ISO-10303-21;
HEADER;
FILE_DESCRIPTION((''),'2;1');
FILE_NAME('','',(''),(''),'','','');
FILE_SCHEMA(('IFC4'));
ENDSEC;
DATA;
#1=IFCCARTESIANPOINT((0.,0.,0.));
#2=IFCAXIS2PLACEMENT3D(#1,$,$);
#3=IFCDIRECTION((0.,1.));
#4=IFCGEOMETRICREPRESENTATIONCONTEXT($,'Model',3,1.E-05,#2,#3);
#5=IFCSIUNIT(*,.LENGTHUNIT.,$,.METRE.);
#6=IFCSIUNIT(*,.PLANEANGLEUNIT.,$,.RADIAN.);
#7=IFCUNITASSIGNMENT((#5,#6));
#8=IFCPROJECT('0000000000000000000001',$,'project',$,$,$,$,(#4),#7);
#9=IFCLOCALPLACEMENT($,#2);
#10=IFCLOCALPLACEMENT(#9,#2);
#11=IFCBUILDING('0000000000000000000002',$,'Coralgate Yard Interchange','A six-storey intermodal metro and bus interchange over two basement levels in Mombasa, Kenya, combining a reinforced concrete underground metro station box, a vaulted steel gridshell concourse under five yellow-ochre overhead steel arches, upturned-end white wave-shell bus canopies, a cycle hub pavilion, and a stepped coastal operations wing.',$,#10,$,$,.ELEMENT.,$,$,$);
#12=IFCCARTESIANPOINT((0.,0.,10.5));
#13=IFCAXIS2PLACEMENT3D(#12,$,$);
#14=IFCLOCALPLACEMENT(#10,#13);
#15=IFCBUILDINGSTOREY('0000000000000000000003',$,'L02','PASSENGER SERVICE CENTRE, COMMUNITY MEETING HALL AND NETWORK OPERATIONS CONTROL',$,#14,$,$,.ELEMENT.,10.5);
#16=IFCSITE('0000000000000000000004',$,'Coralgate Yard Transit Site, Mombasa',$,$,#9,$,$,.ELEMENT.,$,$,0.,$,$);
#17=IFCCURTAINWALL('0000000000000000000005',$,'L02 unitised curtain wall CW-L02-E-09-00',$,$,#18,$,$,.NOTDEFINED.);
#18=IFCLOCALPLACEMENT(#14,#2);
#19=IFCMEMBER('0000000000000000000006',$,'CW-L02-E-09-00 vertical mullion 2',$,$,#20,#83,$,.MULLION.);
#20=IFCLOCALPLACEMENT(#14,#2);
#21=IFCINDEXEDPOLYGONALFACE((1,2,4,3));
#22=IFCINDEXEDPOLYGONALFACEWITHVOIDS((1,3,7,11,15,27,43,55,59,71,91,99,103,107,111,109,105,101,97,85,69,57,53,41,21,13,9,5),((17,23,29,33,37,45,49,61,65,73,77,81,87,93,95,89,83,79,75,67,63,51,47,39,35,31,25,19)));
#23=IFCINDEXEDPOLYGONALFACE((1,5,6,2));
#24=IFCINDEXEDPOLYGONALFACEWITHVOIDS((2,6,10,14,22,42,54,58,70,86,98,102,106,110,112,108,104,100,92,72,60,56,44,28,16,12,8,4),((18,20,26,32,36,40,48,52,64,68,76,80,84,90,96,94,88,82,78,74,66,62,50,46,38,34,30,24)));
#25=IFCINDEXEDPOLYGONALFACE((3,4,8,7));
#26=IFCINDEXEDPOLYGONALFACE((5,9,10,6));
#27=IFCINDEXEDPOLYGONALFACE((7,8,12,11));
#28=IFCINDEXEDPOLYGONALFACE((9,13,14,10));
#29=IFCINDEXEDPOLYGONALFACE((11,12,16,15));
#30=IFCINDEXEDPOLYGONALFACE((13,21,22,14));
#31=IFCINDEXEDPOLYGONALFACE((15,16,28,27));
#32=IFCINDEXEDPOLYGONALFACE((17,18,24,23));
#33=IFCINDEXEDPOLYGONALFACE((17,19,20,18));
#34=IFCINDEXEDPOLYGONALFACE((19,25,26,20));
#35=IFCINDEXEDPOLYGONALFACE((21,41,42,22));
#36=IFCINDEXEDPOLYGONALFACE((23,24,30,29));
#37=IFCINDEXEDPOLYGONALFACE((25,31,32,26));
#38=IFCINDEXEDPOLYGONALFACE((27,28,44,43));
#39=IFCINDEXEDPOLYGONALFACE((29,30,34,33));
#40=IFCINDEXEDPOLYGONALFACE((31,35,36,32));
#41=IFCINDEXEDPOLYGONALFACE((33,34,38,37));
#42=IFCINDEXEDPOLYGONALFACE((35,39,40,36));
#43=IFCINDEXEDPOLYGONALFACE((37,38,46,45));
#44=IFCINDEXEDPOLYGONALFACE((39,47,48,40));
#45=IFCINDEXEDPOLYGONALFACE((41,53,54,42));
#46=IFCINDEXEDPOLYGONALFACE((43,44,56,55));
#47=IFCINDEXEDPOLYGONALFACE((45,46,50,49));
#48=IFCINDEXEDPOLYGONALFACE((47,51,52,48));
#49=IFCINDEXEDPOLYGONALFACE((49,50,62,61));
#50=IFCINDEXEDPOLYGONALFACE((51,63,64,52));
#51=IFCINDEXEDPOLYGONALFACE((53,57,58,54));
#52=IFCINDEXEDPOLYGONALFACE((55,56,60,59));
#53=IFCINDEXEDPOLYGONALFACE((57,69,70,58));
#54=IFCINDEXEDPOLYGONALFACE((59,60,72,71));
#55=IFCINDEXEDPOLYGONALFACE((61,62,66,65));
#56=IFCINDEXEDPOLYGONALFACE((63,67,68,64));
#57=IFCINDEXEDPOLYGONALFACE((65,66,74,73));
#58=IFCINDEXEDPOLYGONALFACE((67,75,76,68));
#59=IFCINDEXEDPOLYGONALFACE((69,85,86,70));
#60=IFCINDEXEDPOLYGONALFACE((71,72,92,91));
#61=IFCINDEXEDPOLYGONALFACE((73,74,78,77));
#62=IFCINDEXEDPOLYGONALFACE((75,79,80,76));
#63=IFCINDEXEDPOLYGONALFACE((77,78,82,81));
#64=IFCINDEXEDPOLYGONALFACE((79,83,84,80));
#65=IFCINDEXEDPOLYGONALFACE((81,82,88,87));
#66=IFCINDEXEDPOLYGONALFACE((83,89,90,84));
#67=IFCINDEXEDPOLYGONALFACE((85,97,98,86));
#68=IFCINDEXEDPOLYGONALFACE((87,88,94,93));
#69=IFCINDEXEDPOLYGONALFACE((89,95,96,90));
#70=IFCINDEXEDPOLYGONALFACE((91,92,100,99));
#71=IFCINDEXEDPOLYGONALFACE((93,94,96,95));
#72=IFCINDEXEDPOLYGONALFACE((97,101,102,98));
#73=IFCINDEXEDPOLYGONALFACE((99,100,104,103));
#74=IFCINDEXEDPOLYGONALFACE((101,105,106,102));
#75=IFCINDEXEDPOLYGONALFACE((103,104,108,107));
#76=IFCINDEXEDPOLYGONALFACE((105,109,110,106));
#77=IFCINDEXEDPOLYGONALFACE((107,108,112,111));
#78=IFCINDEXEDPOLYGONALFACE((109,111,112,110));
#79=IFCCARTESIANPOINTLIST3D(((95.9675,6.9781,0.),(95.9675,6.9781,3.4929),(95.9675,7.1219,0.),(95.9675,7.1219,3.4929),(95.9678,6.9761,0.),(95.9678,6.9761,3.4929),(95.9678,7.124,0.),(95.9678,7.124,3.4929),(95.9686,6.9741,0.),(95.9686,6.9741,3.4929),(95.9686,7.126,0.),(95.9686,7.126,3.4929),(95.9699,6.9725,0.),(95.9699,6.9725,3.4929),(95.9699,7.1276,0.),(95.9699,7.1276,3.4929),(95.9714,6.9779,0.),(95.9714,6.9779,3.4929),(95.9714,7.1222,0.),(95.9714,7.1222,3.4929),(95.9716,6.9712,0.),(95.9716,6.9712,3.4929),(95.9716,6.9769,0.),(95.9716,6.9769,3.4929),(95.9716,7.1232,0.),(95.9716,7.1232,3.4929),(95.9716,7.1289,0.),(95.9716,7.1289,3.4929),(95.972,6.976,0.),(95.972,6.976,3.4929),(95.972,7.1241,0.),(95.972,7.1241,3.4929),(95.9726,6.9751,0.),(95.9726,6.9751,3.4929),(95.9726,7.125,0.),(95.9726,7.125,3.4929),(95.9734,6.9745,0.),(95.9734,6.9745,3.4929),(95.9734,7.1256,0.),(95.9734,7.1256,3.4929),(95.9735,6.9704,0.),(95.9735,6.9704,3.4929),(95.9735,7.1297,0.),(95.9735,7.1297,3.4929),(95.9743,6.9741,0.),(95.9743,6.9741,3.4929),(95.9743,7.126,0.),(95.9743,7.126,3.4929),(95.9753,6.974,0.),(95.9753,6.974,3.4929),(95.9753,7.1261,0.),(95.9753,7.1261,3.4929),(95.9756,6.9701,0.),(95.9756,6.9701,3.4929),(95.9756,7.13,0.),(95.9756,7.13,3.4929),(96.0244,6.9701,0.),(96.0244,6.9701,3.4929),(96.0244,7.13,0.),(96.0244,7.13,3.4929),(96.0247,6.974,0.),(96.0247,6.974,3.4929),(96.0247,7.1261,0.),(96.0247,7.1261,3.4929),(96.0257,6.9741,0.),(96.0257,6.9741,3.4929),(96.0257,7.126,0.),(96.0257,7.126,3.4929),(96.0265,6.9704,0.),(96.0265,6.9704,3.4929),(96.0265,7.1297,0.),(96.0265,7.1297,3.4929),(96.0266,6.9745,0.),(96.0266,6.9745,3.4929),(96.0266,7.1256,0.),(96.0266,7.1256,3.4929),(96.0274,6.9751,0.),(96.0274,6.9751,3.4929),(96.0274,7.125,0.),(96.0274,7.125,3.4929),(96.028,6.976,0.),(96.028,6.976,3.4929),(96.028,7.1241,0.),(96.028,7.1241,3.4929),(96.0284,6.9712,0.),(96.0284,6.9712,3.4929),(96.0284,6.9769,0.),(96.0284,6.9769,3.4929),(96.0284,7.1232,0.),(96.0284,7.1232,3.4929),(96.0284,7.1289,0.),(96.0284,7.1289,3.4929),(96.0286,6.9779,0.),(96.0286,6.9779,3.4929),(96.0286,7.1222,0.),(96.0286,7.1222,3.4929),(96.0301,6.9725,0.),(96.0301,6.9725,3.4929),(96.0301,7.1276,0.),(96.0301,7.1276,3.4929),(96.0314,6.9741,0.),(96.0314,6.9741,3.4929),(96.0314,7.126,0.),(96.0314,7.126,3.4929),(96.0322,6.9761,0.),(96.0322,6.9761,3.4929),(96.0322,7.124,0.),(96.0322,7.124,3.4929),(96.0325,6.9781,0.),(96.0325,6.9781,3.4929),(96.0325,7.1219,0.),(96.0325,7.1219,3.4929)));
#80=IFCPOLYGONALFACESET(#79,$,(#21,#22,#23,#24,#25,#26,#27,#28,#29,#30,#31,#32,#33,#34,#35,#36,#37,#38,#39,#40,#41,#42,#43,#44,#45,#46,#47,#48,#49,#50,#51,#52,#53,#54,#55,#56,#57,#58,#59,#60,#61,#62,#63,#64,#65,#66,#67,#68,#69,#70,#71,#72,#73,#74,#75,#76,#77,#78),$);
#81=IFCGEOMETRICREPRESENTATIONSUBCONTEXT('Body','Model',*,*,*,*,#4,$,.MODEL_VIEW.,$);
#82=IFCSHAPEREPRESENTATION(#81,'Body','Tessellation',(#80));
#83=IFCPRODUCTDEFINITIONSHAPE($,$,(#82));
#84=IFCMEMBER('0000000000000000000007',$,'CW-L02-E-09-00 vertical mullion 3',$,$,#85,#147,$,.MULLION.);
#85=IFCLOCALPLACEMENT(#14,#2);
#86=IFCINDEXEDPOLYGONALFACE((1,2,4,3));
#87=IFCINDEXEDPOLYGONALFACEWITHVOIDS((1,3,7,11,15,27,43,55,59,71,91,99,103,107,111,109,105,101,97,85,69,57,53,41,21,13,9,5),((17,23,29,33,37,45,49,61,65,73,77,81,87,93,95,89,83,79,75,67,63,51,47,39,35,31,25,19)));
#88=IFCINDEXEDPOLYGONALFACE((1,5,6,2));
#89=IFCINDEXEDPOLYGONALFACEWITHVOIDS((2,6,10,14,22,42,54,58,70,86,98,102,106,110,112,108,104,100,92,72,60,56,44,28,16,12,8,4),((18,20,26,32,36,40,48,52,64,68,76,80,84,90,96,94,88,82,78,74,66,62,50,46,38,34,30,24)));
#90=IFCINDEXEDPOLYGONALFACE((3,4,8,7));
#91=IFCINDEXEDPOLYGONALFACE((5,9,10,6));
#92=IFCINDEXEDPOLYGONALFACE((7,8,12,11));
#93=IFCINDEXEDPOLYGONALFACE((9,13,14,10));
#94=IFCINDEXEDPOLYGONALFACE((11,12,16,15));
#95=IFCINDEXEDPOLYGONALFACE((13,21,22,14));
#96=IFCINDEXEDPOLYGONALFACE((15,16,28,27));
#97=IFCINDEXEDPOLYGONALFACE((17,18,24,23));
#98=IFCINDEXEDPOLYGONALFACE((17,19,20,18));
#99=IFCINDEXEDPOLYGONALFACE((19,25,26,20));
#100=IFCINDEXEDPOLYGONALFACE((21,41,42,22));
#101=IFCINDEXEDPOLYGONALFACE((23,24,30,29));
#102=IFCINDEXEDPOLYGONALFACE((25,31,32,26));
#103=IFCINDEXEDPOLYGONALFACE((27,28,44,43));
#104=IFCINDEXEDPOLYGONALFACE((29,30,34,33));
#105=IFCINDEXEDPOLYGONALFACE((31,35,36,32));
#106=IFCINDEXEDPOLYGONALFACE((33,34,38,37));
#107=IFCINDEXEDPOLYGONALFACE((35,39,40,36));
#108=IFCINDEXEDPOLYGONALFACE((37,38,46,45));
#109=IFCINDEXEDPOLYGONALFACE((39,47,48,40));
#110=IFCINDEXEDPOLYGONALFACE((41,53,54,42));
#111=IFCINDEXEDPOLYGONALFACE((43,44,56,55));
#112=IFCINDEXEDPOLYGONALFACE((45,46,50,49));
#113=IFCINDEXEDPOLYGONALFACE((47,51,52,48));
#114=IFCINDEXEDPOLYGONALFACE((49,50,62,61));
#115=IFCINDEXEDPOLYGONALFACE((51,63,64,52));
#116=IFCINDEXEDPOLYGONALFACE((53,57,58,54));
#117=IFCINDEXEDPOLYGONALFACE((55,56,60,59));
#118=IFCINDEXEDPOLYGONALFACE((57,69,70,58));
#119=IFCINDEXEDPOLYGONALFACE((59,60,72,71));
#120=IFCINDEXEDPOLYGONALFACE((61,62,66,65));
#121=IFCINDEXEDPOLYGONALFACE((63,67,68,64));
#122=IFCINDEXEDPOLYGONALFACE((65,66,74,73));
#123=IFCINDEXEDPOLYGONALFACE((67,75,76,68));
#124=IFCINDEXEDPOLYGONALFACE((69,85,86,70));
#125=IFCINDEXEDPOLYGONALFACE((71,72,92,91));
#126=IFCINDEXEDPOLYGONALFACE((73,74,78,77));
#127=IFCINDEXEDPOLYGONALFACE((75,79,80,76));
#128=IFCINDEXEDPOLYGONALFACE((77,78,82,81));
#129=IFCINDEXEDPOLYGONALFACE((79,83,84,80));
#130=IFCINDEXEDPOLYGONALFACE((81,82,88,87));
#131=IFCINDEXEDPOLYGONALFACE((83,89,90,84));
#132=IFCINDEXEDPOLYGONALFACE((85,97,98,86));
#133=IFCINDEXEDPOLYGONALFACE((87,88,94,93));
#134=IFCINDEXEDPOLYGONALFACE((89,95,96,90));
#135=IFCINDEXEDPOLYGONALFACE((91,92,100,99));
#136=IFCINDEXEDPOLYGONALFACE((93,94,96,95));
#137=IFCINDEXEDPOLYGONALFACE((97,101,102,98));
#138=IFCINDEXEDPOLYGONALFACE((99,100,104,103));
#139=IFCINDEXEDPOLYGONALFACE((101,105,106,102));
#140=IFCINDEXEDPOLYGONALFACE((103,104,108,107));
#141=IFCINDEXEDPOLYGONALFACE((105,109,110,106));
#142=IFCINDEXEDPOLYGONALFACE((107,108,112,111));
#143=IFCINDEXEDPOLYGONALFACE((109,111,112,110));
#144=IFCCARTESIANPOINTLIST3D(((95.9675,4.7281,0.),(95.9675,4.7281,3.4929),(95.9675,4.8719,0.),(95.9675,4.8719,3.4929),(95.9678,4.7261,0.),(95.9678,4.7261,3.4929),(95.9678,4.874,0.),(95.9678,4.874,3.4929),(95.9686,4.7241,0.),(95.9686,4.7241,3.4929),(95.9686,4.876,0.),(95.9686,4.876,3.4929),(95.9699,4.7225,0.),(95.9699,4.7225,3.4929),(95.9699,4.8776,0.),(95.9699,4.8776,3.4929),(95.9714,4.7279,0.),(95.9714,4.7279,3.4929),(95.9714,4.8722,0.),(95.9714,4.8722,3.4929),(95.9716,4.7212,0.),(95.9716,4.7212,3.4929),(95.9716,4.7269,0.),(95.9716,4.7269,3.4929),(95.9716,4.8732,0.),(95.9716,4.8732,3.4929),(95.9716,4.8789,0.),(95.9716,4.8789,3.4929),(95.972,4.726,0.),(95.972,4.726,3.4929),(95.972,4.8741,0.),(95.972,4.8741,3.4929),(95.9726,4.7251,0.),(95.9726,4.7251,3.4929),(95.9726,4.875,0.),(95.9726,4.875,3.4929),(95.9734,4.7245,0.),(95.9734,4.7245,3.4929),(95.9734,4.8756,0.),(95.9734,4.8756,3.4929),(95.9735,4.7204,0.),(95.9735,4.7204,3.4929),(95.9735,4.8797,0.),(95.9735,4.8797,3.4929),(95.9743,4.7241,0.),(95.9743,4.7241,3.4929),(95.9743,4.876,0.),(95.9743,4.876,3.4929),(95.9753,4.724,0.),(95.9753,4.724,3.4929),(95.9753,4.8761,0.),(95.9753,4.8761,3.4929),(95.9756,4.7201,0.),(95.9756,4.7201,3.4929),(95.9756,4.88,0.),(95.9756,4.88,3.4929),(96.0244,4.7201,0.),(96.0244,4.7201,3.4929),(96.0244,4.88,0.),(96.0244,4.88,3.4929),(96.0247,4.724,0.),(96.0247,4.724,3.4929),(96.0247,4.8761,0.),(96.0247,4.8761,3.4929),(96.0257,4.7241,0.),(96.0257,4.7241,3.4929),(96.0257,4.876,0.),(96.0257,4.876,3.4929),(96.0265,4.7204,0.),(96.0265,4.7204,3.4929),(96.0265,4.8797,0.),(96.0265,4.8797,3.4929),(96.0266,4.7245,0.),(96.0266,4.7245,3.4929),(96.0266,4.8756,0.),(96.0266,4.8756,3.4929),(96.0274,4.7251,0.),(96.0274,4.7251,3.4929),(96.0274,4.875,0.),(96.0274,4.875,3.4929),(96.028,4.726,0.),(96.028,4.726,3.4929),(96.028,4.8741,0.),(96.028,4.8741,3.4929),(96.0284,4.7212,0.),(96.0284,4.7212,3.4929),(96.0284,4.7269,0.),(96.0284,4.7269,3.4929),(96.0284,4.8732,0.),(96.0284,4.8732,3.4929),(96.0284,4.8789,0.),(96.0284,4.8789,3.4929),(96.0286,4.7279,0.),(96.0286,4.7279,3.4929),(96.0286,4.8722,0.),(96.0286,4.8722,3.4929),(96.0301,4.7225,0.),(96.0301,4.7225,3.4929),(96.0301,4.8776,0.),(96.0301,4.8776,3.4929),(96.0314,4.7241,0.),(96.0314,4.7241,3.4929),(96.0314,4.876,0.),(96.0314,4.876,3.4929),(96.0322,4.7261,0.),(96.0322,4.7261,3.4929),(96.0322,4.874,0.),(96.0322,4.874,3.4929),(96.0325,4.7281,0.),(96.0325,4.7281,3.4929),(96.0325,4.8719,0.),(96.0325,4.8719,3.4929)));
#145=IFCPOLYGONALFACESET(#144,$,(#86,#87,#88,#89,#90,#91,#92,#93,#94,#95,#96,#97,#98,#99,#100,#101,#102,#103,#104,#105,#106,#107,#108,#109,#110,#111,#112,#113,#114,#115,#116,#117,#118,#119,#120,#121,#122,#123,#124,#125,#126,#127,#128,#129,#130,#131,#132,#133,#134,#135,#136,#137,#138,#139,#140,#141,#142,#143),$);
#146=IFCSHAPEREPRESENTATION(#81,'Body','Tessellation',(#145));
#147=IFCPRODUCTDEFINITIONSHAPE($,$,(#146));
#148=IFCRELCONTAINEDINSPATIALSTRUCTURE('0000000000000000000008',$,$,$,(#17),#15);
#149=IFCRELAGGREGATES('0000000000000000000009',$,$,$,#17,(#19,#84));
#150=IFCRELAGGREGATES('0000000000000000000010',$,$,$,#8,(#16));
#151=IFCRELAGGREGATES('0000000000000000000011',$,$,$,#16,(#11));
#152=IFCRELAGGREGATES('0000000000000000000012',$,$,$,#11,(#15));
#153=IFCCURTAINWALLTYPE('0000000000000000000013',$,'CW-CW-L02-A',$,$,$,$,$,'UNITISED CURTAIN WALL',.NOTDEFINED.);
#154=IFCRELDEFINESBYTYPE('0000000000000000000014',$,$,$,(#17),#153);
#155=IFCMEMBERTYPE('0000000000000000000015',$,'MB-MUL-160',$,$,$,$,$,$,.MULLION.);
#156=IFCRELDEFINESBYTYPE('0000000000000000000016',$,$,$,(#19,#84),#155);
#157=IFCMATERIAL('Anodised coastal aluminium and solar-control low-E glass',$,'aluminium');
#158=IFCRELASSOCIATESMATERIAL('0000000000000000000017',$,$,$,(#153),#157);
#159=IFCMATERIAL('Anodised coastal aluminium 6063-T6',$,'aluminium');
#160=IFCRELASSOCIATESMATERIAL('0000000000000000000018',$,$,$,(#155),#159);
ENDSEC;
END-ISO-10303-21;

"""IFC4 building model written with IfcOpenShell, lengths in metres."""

from ifc_helpers import new_model, si_unit, direction, frame, origin, origin_2d, place, context, subcontext, project, spatial, hollow_rectangle, extrude, material, material_profile, profile_set, type_object, element, aggregate, save


model = new_model("IFC4")

# Units and contexts
model_context = context("Model", 3, precision=1e-05, world=origin(), true_north=direction((0.0, 1.0)))
body_context = subcontext(model_context, "Body", "Model", "MODEL_VIEW")
ifc_project = project(units=[si_unit("LENGTHUNIT", "METRE"), si_unit("PLANEANGLEUNIT", "RADIAN")], contexts=[model_context])

# Site, building, storey
site_placement = place(None, origin())
site = spatial("IfcSite", under=ifc_project, at=site_placement, Name="Coralgate Yard Transit Site, Mombasa", CompositionType="ELEMENT", RefElevation=0.0)
building_placement = place(site_placement, origin())
building = spatial("IfcBuilding", under=site, at=building_placement, Name="Coralgate Yard Interchange", Description="A six-storey intermodal metro and bus interchange over two basement levels in Mombasa, Kenya, combining a reinforced concrete underground metro station box, a vaulted steel gridshell concourse under five yellow-ochre overhead steel arches, upturned-end white wave-shell bus canopies, a cycle hub pavilion, and a stepped coastal operations wing.", CompositionType="ELEMENT")
storey_placement = place(building_placement, frame((0.0, 0.0, 10.5)))
storey = spatial("IfcBuildingStorey", under=building, at=storey_placement, Name="L02", Description="PASSENGER SERVICE CENTRE, COMMUNITY MEETING HALL AND NETWORK OPERATIONS CONTROL", CompositionType="ELEMENT", Elevation=10.5)

# Shared definitions
ifc_material_1 = material(Name="Anodised coastal aluminium and solar-control low-E glass", Category="aluminium")
curtain_wall_type = type_object("IfcCurtainWallType", Name="CW-CW-L02-A", ElementType="UNITISED CURTAIN WALL", PredefinedType="NOTDEFINED", material=ifc_material_1)
ifc_material_2 = material(Name="Anodised coastal aluminium 6063-T6", Category="aluminium")
ifc_material_profile_1 = material_profile(ifc_material_2, hollow_rectangle(XDim=0.0649, YDim=0.1599, WallThickness=0.0039, InnerFilletRadius=0.0039, OuterFilletRadius=0.0081, at=origin_2d()), Name="ALU 65x160x4")
ifc_profile_set_1 = profile_set([ifc_material_profile_1], Name="Anodised coastal aluminium 6063-T6")
member_type_1 = type_object("IfcMemberType", Name="MB-MUL-160", PredefinedType="MULLION", material=ifc_profile_set_1)

# Curtain wall, members
curtain_wall_1_placement = place(storey_placement, origin())
curtain_wall_1 = element("IfcCurtainWall", 1, at=curtain_wall_1_placement, inside=storey, type_object=curtain_wall_type, Name="L02 unitised curtain wall CW-L02-E-09-00", PredefinedType="NOTDEFINED")
member_1_placement = place(storey_placement, frame((96.0, 7.05, 0.0), z_axis=(0.0, 0.0, 1.0), x_axis=(1.0, 0.0, 0.0)))
member_1 = element("IfcMember", 2, at=member_1_placement, type_object=member_type_1, Name="CW-L02-E-09-00 vertical mullion 2", PredefinedType="MULLION", context=body_context, shape_type="SweptSolid", body=[
    extrude(hollow_rectangle(XDim=0.0649, YDim=0.1599, WallThickness=0.0039, InnerFilletRadius=0.0039, OuterFilletRadius=0.0081, at=origin_2d()), origin(), (0.0, 0.0, 1.0), 3.4929),
])
member_2_placement = place(storey_placement, frame((96.0, 4.8, 0.0), z_axis=(0.0, 0.0, 1.0), x_axis=(1.0, 0.0, 0.0)))
member_2 = element("IfcMember", 3, at=member_2_placement, type_object=member_type_1, Name="CW-L02-E-09-00 vertical mullion 3", PredefinedType="MULLION", context=body_context, shape_type="SweptSolid", body=[
    extrude(hollow_rectangle(XDim=0.0649, YDim=0.1599, WallThickness=0.0039, InnerFilletRadius=0.0039, OuterFilletRadius=0.0081, at=origin_2d()), origin(), (0.0, 0.0, 1.0), 3.4929),
])

aggregate(curtain_wall_1, [member_1, member_2])

save(model, "model.ifc")
